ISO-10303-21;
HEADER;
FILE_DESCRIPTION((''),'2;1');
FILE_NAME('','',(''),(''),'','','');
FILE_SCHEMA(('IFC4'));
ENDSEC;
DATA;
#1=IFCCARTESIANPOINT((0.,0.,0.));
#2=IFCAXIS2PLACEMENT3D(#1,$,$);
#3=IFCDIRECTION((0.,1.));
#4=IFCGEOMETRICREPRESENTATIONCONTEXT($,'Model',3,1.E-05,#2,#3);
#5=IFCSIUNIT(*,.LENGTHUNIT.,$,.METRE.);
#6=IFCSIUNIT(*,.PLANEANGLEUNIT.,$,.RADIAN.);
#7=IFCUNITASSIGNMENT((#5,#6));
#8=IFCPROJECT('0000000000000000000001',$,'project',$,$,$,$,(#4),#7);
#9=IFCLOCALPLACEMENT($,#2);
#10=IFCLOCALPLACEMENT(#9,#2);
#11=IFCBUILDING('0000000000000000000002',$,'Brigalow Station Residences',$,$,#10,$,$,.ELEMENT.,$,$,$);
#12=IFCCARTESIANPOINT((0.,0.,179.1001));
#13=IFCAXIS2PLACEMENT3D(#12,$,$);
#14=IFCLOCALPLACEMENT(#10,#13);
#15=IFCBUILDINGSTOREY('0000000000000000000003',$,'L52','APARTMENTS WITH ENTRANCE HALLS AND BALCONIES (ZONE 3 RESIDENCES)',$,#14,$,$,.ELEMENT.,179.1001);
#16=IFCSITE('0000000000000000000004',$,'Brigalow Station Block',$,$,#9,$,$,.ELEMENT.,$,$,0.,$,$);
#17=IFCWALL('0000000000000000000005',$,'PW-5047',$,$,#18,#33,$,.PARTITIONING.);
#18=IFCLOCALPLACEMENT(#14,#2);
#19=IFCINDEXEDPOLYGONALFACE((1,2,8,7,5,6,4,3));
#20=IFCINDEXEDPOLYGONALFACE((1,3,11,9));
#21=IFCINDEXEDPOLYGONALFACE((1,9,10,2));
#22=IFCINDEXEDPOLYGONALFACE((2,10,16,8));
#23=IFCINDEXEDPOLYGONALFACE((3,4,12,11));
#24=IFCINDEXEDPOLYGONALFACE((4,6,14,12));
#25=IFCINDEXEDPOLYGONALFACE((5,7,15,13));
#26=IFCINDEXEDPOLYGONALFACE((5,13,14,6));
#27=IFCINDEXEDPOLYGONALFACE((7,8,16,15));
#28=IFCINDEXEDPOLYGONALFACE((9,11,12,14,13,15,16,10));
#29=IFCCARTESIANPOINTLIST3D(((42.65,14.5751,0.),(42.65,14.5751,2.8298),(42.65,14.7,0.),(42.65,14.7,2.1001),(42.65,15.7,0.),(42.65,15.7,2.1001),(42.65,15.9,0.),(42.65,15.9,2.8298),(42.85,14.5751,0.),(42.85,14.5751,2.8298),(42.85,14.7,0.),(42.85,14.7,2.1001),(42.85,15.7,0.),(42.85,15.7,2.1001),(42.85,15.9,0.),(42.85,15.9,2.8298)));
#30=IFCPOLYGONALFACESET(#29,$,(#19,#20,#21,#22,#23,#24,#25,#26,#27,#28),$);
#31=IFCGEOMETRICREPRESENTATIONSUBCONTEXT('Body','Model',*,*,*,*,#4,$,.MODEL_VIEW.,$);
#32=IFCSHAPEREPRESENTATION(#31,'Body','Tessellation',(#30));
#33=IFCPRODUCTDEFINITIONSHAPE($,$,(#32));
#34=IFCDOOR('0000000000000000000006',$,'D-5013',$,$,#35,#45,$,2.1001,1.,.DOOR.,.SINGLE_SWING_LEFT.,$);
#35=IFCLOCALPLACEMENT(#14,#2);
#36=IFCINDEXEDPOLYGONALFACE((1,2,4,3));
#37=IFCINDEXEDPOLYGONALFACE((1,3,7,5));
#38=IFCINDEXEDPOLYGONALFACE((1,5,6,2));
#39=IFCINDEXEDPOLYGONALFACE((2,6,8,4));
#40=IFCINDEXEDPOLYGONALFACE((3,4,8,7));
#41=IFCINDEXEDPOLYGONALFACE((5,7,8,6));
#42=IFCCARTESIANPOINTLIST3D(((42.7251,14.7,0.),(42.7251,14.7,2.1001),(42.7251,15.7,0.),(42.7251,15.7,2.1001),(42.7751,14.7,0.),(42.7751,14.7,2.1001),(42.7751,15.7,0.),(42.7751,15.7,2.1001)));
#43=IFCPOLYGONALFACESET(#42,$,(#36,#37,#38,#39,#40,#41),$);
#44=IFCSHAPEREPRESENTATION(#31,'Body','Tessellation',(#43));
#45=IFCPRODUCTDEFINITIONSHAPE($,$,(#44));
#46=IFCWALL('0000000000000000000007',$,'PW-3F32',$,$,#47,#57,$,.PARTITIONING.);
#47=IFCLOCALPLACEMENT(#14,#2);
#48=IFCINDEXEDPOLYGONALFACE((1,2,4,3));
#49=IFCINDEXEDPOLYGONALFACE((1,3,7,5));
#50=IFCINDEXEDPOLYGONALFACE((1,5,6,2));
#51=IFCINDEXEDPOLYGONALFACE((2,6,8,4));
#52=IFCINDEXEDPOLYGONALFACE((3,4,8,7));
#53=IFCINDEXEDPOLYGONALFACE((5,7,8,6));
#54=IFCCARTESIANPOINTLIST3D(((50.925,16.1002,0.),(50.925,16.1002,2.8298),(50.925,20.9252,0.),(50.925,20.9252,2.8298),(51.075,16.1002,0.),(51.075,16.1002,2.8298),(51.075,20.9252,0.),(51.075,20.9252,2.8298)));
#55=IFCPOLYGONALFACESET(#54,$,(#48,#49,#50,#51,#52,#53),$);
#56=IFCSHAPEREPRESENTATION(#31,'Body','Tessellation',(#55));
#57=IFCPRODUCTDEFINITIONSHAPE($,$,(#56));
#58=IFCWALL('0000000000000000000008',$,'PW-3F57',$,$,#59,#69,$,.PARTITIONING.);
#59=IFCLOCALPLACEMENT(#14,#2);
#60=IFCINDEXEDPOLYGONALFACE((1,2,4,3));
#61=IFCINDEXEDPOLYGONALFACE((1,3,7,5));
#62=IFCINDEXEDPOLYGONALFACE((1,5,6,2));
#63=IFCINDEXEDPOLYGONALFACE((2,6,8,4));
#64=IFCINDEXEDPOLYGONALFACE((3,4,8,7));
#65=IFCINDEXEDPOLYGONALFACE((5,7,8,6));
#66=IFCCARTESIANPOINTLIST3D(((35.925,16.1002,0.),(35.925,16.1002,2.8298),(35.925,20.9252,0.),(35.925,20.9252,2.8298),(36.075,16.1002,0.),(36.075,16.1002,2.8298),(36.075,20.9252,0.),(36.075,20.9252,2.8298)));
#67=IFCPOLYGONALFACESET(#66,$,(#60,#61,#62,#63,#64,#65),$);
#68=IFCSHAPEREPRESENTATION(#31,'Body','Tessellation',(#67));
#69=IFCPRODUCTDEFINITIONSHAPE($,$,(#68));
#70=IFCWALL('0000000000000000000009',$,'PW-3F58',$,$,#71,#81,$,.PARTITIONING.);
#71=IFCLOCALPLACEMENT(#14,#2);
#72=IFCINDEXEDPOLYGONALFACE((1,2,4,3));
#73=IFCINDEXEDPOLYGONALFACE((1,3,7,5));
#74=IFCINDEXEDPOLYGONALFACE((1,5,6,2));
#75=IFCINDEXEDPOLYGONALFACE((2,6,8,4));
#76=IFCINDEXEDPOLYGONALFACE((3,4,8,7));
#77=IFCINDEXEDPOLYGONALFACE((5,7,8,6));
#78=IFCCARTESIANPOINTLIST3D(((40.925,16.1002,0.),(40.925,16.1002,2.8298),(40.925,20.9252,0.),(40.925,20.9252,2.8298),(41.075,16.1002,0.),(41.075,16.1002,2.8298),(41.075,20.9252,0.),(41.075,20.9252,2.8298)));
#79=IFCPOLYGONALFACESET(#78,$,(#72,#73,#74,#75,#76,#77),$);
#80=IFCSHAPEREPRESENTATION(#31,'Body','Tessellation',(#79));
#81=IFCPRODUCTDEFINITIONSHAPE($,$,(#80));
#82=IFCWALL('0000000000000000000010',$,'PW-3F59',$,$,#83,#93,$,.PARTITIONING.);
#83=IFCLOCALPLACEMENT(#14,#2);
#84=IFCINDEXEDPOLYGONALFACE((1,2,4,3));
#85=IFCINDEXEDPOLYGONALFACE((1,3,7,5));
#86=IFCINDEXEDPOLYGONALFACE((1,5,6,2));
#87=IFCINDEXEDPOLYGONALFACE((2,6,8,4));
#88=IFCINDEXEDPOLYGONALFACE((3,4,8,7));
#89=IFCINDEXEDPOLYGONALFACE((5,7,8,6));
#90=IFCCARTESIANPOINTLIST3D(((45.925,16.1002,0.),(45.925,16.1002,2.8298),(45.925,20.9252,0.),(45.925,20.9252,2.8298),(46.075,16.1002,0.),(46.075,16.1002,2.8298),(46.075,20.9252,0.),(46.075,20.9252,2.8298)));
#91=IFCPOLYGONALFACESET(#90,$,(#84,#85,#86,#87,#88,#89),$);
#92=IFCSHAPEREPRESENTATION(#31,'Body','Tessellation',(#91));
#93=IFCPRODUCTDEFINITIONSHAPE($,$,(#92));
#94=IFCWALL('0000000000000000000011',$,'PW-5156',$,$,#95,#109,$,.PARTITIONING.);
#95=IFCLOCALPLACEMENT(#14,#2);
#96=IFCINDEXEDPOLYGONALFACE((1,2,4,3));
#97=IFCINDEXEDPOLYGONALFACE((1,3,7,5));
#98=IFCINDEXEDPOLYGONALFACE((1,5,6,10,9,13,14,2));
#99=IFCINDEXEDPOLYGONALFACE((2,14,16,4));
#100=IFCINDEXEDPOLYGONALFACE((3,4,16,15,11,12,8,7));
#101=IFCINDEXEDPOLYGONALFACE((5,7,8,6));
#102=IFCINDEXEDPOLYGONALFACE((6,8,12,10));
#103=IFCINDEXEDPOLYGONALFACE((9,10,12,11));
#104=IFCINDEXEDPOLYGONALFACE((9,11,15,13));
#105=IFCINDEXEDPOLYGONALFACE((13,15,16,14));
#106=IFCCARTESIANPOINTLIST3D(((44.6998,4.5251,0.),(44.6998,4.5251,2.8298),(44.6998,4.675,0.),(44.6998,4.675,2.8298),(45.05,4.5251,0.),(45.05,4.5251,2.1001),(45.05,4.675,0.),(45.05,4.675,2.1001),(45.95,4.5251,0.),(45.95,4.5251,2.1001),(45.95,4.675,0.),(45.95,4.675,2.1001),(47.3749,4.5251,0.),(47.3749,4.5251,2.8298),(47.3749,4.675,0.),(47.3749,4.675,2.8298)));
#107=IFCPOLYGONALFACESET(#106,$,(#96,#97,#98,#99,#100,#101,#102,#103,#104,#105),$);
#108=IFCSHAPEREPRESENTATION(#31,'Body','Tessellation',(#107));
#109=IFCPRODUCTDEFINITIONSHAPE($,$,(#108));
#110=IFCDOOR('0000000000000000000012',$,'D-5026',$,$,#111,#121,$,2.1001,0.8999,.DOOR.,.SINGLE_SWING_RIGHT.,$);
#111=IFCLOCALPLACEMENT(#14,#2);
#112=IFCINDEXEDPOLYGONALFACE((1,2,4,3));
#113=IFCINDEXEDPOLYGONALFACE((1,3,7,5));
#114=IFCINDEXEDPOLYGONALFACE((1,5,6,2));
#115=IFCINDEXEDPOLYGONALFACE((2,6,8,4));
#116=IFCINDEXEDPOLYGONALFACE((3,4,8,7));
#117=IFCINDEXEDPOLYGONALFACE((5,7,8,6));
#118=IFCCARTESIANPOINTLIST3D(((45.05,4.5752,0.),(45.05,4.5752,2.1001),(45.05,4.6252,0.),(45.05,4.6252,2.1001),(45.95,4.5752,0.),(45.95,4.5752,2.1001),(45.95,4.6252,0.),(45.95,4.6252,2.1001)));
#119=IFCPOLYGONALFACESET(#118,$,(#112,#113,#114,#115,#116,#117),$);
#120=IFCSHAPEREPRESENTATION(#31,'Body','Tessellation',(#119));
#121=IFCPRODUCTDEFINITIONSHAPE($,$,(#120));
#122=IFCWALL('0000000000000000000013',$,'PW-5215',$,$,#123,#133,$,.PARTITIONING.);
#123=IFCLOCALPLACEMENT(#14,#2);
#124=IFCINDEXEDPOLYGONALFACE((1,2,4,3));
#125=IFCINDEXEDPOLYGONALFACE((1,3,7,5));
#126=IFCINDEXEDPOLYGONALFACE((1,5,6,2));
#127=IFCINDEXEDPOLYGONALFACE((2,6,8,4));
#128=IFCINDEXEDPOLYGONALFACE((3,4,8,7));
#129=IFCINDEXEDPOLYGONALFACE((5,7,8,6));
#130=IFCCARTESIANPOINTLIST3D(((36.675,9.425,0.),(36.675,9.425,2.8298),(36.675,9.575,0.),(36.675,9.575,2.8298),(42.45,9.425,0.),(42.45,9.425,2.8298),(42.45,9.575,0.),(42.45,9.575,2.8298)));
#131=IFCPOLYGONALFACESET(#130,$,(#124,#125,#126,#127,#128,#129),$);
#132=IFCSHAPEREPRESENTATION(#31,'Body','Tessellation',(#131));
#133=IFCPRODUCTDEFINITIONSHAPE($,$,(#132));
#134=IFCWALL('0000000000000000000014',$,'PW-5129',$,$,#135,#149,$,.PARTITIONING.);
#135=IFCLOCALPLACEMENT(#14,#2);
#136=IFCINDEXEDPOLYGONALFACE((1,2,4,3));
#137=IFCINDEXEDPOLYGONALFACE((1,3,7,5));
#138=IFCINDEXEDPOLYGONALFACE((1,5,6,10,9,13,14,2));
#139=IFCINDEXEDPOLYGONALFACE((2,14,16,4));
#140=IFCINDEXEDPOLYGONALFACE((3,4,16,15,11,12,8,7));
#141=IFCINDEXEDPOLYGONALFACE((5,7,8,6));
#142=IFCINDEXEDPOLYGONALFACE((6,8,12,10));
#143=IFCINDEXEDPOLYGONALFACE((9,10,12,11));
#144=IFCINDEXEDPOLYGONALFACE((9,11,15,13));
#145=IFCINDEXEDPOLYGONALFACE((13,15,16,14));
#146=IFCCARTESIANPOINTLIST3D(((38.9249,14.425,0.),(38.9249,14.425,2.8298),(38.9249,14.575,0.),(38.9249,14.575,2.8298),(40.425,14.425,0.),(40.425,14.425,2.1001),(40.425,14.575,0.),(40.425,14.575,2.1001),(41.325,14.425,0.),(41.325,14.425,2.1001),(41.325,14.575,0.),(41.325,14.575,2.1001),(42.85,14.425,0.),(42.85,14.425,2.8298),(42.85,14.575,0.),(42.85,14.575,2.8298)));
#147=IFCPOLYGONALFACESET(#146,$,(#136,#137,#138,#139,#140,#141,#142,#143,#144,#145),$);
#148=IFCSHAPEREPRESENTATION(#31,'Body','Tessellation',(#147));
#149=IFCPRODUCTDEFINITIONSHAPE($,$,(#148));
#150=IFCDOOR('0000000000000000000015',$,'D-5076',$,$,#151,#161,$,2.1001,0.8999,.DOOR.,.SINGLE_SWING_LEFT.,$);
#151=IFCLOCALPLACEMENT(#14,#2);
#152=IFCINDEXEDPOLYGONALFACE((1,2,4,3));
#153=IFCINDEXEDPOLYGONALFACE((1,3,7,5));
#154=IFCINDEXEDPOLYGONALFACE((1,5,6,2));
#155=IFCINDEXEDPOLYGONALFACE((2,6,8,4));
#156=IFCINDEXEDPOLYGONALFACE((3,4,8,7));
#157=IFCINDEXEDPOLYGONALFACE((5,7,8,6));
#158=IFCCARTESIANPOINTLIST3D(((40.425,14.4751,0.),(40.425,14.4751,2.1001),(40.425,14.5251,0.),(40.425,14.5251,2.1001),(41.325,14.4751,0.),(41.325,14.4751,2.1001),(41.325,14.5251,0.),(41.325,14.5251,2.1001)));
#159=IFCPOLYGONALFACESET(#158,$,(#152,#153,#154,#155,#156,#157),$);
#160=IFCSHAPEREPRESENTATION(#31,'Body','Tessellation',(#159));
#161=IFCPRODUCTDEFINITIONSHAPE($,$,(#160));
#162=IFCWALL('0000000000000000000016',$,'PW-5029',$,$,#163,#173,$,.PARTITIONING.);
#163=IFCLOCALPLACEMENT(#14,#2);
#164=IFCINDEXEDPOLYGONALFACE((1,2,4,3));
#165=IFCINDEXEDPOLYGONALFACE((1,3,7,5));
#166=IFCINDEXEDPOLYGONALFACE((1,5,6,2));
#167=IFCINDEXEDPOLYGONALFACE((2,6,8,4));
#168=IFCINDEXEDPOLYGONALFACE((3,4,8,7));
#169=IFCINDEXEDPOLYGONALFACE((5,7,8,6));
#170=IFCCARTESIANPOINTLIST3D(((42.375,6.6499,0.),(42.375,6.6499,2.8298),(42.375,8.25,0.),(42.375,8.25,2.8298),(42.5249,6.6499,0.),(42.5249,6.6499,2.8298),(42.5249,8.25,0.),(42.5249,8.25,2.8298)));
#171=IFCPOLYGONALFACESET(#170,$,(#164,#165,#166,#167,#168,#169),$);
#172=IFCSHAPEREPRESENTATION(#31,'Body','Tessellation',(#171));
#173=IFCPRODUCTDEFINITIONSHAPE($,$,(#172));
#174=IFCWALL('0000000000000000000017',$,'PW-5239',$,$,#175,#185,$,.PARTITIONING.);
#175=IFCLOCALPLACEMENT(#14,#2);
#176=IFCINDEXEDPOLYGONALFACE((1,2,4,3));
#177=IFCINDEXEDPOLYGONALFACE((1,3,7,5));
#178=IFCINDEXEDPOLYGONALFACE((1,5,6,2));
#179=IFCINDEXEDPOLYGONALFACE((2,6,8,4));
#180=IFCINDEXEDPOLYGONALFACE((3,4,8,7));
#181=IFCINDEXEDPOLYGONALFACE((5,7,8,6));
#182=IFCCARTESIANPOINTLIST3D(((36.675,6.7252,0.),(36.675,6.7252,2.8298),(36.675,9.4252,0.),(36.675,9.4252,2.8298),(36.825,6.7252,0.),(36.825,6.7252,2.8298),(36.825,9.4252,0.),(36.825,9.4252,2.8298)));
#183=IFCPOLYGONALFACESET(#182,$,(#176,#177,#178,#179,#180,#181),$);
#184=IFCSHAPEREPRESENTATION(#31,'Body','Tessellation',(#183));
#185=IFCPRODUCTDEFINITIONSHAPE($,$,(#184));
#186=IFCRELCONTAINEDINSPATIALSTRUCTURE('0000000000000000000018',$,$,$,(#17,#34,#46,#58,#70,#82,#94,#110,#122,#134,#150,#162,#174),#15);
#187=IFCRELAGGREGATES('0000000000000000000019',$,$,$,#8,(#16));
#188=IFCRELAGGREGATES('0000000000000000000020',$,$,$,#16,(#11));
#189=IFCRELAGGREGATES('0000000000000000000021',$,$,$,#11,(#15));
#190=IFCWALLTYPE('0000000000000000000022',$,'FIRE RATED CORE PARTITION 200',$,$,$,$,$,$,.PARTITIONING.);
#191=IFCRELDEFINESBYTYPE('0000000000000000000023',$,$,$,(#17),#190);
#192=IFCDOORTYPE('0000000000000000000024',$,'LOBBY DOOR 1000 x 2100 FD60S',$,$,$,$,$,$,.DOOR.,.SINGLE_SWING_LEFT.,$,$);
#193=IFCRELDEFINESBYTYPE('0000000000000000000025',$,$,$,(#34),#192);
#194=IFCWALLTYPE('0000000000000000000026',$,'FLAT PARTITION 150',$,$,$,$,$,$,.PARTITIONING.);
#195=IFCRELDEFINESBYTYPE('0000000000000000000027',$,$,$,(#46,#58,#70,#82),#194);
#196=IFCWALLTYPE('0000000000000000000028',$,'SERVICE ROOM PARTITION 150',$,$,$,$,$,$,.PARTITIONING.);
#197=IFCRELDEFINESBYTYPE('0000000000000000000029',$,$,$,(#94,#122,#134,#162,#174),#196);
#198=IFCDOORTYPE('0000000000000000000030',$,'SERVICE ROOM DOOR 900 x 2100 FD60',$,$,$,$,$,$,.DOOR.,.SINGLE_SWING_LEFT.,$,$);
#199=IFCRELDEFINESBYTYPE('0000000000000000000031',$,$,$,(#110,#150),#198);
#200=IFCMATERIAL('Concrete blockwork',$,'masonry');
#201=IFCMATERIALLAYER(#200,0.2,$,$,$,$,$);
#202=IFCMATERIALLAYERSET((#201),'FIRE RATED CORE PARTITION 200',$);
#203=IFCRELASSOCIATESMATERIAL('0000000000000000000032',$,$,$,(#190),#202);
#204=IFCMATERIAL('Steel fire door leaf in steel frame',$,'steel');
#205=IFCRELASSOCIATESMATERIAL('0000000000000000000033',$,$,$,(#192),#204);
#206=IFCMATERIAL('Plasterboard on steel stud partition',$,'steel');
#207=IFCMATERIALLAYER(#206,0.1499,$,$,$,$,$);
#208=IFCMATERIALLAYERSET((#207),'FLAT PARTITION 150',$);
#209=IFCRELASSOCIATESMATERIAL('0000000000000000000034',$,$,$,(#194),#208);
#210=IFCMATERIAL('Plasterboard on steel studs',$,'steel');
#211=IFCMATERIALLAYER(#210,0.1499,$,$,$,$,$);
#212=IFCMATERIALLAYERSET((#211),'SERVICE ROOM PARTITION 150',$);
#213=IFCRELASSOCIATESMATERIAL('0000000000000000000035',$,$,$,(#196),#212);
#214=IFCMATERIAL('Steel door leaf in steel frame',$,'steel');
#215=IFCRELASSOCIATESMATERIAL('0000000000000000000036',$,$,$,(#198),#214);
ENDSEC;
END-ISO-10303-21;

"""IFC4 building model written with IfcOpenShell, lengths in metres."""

from ifc_helpers import new_model, si_unit, direction, frame, frame_2d, origin, place, context, subcontext, project, spatial, rectangle, extrude, material, layer, layer_set, type_object, element, fill, save


model = new_model("IFC4")

# Units and contexts
model_context = context("Model", 3, precision=1e-05, world=origin(), true_north=direction((0.0, 1.0)))
body_context = subcontext(model_context, "Body", "Model", "MODEL_VIEW")
ifc_project = project(units=[si_unit("LENGTHUNIT", "METRE"), si_unit("PLANEANGLEUNIT", "RADIAN")], contexts=[model_context])

# Site, building, storey
site_placement = place(None, origin())
site = spatial("IfcSite", under=ifc_project, at=site_placement, Name="Brigalow Station Block", CompositionType="ELEMENT", RefElevation=0.0)
building_placement = place(site_placement, origin())
building = spatial("IfcBuilding", under=site, at=building_placement, Name="Brigalow Station Residences", CompositionType="ELEMENT")
storey_placement = place(building_placement, frame((0.0, 0.0, 179.1001)))
storey = spatial("IfcBuildingStorey", under=building, at=storey_placement, Name="L52", Description="APARTMENTS WITH ENTRANCE HALLS AND BALCONIES (ZONE 3 RESIDENCES)", CompositionType="ELEMENT", Elevation=179.1001)

# Shared definitions
ifc_material_1 = material(Name="Concrete blockwork", Category="masonry")
ifc_layer_1 = layer(ifc_material_1, 0.2)
ifc_layer_set_1 = layer_set([ifc_layer_1], Name="FIRE RATED CORE PARTITION 200")
wall_type_1 = type_object("IfcWallType", Name="FIRE RATED CORE PARTITION 200", PredefinedType="PARTITIONING", material=ifc_layer_set_1)

# Wall, opening, door
wall_1_placement = place(storey_placement, frame((42.75, 14.575, 0.0), z_axis=(0.0, 0.0, 1.0), x_axis=(0.0, 1.0, 0.0)))
wall_1 = element("IfcWall", 1, at=wall_1_placement, inside=storey, type_object=wall_type_1, Name="PW-5047", PredefinedType="PARTITIONING", context=body_context, shape_type="SweptSolid", body=[
    extrude(rectangle(XDim=1.325, YDim=0.2, at=frame_2d((0.6626, 0.0))), origin(), (0.0, 0.0, 1.0), 2.8298),
])
opening_1_placement = place(wall_1_placement, frame((0.125, 0.0, 0.0)))
opening_1 = element("IfcOpeningElement", 2, at=opening_1_placement, cuts=wall_1, PredefinedType="OPENING", context=body_context, shape_type="SweptSolid", body=[
    extrude(rectangle(XDim=1.0, YDim=2.1001, at=frame_2d((0.5, 1.05))), frame((0.0, 0.1099, 0.0), z_axis=(0.0, -1.0, 0.0), x_axis=(1.0, 0.0, 0.0)), (0.0, 0.0, 1.0), 0.22),
])
ifc_material_2 = material(Name="Steel fire door leaf in steel frame", Category="steel")
door_type_1 = type_object("IfcDoorType", Name="LOBBY DOOR 1000 x 2100 FD60S", OperationType="SINGLE_SWING_LEFT", PredefinedType="DOOR", material=ifc_material_2)
door_1_placement = place(opening_1_placement, origin())
door_1 = element("IfcDoor", 3, at=door_1_placement, inside=storey, type_object=door_type_1, Name="D-5013", OperationType="SINGLE_SWING_LEFT", OverallHeight=2.1001, OverallWidth=1.0, PredefinedType="DOOR", context=body_context, shape_type="SweptSolid", body=[
    extrude(rectangle(XDim=1.0, YDim=2.1001, at=frame_2d((0.5, 1.05))), frame((0.0, 0.0249, 0.0), z_axis=(0.0, -1.0, 0.0), x_axis=(1.0, 0.0, 0.0)), (0.0, 0.0, 1.0), 0.05),
])
fill(opening_1, door_1)

# Walls
ifc_material_3 = material(Name="Plasterboard on steel stud partition", Category="steel")
ifc_layer_2 = layer(ifc_material_3, 0.1499)
ifc_layer_set_2 = layer_set([ifc_layer_2], Name="FLAT PARTITION 150")
wall_type_2 = type_object("IfcWallType", Name="FLAT PARTITION 150", PredefinedType="PARTITIONING", material=ifc_layer_set_2)
for number, where, z_axis, x_axis, name in (
    (4, (51.0, 16.1001, 0.0), (0.0, 0.0, 1.0), (0.0, 1.0, 0.0), "PW-3F32"),
    (5, (36.0, 16.1001, 0.0), (0.0, 0.0, 1.0), (0.0, 1.0, 0.0), "PW-3F57"),
    (6, (41.0, 16.1001, 0.0), (0.0, 0.0, 1.0), (0.0, 1.0, 0.0), "PW-3F58"),
    (7, (46.0, 16.1001, 0.0), (0.0, 0.0, 1.0), (0.0, 1.0, 0.0), "PW-3F59"),
):
    element("IfcWall", number, at=place(storey_placement, frame(where, z_axis=z_axis, x_axis=x_axis)), inside=storey, type_object=wall_type_2, Name=name, PredefinedType="PARTITIONING", context=body_context, shape_type="SweptSolid", body=[
        extrude(rectangle(XDim=4.825, YDim=0.1499, at=frame_2d((2.4126, 0.0))), origin(), (0.0, 0.0, 1.0), 2.8298),
    ])

# Wall, opening, door
ifc_material_4 = material(Name="Plasterboard on steel studs", Category="steel")
ifc_layer_3 = layer(ifc_material_4, 0.1499)
ifc_layer_set_3 = layer_set([ifc_layer_3], Name="SERVICE ROOM PARTITION 150")
wall_type_3 = type_object("IfcWallType", Name="SERVICE ROOM PARTITION 150", PredefinedType="PARTITIONING", material=ifc_layer_set_3)
wall_2_placement = place(storey_placement, frame((44.7, 4.6001, 0.0), z_axis=(0.0, 0.0, 1.0), x_axis=(1.0, 0.0, 0.0)))
wall_2 = element("IfcWall", 8, at=wall_2_placement, inside=storey, type_object=wall_type_3, Name="PW-5156", PredefinedType="PARTITIONING", context=body_context, shape_type="SweptSolid", body=[
    extrude(rectangle(XDim=2.675, YDim=0.1499, at=frame_2d((1.3374, 0.0))), origin(), (0.0, 0.0, 1.0), 2.8298),
])
opening_2_placement = place(wall_2_placement, frame((0.3501, 0.0, 0.0)))
opening_2 = element("IfcOpeningElement", 9, at=opening_2_placement, cuts=wall_2, PredefinedType="OPENING", context=body_context, shape_type="SweptSolid", body=[
    extrude(rectangle(XDim=0.8999, YDim=2.1001, at=frame_2d((0.45, 1.05))), frame((0.0, 0.085, 0.0), z_axis=(0.0, -1.0, 0.0), x_axis=(1.0, 0.0, 0.0)), (0.0, 0.0, 1.0), 0.1699),
])
ifc_material_5 = material(Name="Steel door leaf in steel frame", Category="steel")
door_type_2 = type_object("IfcDoorType", Name="SERVICE ROOM DOOR 900 x 2100 FD60", OperationType="SINGLE_SWING_LEFT", PredefinedType="DOOR", material=ifc_material_5)
door_2_placement = place(opening_2_placement, frame((0.8999, 0.0, 0.0), z_axis=(0.0, 0.0, 1.0), x_axis=(-1.0, 0.0, 0.0)))
door_2 = element("IfcDoor", 10, at=door_2_placement, inside=storey, type_object=door_type_2, Name="D-5026", OperationType="SINGLE_SWING_RIGHT", OverallHeight=2.1001, OverallWidth=0.8999, PredefinedType="DOOR", context=body_context, shape_type="SweptSolid", body=[
    extrude(rectangle(XDim=0.8999, YDim=2.1001, at=frame_2d((0.45, 1.05))), frame((0.0, 0.0249, 0.0), z_axis=(0.0, -1.0, 0.0), x_axis=(1.0, 0.0, 0.0)), (0.0, 0.0, 1.0), 0.05),
])
fill(opening_2, door_2)

# Wall
wall_3_placement = place(storey_placement, frame((36.675, 9.5, 0.0), z_axis=(0.0, 0.0, 1.0), x_axis=(1.0, 0.0, 0.0)))
element("IfcWall", 11, at=wall_3_placement, inside=storey, type_object=wall_type_3, Name="PW-5215", PredefinedType="PARTITIONING", context=body_context, shape_type="SweptSolid", body=[
    extrude(rectangle(XDim=5.7749, YDim=0.1499, at=frame_2d((2.8875, 0.0))), origin(), (0.0, 0.0, 1.0), 2.8298),
])

# Wall, opening, door
wall_4_placement = place(storey_placement, frame((38.925, 14.5, 0.0), z_axis=(0.0, 0.0, 1.0), x_axis=(1.0, 0.0, 0.0)))
wall_4 = element("IfcWall", 12, at=wall_4_placement, inside=storey, type_object=wall_type_3, Name="PW-5129", PredefinedType="PARTITIONING", context=body_context, shape_type="SweptSolid", body=[
    extrude(rectangle(XDim=3.925, YDim=0.1499, at=frame_2d((1.9624, 0.0))), origin(), (0.0, 0.0, 1.0), 2.8298),
])
opening_3_placement = place(wall_4_placement, frame((1.5, 0.0, 0.0)))
opening_3 = element("IfcOpeningElement", 13, at=opening_3_placement, cuts=wall_4, PredefinedType="OPENING", context=body_context, shape_type="SweptSolid", body=[
    extrude(rectangle(XDim=0.8999, YDim=2.1001, at=frame_2d((0.45, 1.05))), frame((0.0, 0.085, 0.0), z_axis=(0.0, -1.0, 0.0), x_axis=(1.0, 0.0, 0.0)), (0.0, 0.0, 1.0), 0.1699),
])
door_3_placement = place(opening_3_placement, frame((0.8999, 0.0, 0.0), z_axis=(0.0, 0.0, 1.0), x_axis=(-1.0, 0.0, 0.0)))
door_3 = element("IfcDoor", 14, at=door_3_placement, inside=storey, type_object=door_type_2, Name="D-5076", OperationType="SINGLE_SWING_LEFT", OverallHeight=2.1001, OverallWidth=0.8999, PredefinedType="DOOR", context=body_context, shape_type="SweptSolid", body=[
    extrude(rectangle(XDim=0.8999, YDim=2.1001, at=frame_2d((0.45, 1.05))), frame((0.0, 0.0249, 0.0), z_axis=(0.0, -1.0, 0.0), x_axis=(1.0, 0.0, 0.0)), (0.0, 0.0, 1.0), 0.05),
])
fill(opening_3, door_3)

# Walls
wall_5_placement = place(storey_placement, frame((42.45, 6.6499, 0.0), z_axis=(0.0, 0.0, 1.0), x_axis=(0.0, 1.0, 0.0)))
element("IfcWall", 15, at=wall_5_placement, inside=storey, type_object=wall_type_3, Name="PW-5029", PredefinedType="PARTITIONING", context=body_context, shape_type="SweptSolid", body=[
    extrude(rectangle(XDim=1.6001, YDim=0.1499, at=frame_2d((0.8, 0.0))), origin(), (0.0, 0.0, 1.0), 2.8298),
])
wall_6_placement = place(storey_placement, frame((36.75, 6.7251, 0.0), z_axis=(0.0, 0.0, 1.0), x_axis=(0.0, 1.0, 0.0)))
element("IfcWall", 16, at=wall_6_placement, inside=storey, type_object=wall_type_3, Name="PW-5239", PredefinedType="PARTITIONING", context=body_context, shape_type="SweptSolid", body=[
    extrude(rectangle(XDim=2.7, YDim=0.1499, at=frame_2d((1.3501, 0.0))), origin(), (0.0, 0.0, 1.0), 2.8298),
])

save(model, "model.ifc")
